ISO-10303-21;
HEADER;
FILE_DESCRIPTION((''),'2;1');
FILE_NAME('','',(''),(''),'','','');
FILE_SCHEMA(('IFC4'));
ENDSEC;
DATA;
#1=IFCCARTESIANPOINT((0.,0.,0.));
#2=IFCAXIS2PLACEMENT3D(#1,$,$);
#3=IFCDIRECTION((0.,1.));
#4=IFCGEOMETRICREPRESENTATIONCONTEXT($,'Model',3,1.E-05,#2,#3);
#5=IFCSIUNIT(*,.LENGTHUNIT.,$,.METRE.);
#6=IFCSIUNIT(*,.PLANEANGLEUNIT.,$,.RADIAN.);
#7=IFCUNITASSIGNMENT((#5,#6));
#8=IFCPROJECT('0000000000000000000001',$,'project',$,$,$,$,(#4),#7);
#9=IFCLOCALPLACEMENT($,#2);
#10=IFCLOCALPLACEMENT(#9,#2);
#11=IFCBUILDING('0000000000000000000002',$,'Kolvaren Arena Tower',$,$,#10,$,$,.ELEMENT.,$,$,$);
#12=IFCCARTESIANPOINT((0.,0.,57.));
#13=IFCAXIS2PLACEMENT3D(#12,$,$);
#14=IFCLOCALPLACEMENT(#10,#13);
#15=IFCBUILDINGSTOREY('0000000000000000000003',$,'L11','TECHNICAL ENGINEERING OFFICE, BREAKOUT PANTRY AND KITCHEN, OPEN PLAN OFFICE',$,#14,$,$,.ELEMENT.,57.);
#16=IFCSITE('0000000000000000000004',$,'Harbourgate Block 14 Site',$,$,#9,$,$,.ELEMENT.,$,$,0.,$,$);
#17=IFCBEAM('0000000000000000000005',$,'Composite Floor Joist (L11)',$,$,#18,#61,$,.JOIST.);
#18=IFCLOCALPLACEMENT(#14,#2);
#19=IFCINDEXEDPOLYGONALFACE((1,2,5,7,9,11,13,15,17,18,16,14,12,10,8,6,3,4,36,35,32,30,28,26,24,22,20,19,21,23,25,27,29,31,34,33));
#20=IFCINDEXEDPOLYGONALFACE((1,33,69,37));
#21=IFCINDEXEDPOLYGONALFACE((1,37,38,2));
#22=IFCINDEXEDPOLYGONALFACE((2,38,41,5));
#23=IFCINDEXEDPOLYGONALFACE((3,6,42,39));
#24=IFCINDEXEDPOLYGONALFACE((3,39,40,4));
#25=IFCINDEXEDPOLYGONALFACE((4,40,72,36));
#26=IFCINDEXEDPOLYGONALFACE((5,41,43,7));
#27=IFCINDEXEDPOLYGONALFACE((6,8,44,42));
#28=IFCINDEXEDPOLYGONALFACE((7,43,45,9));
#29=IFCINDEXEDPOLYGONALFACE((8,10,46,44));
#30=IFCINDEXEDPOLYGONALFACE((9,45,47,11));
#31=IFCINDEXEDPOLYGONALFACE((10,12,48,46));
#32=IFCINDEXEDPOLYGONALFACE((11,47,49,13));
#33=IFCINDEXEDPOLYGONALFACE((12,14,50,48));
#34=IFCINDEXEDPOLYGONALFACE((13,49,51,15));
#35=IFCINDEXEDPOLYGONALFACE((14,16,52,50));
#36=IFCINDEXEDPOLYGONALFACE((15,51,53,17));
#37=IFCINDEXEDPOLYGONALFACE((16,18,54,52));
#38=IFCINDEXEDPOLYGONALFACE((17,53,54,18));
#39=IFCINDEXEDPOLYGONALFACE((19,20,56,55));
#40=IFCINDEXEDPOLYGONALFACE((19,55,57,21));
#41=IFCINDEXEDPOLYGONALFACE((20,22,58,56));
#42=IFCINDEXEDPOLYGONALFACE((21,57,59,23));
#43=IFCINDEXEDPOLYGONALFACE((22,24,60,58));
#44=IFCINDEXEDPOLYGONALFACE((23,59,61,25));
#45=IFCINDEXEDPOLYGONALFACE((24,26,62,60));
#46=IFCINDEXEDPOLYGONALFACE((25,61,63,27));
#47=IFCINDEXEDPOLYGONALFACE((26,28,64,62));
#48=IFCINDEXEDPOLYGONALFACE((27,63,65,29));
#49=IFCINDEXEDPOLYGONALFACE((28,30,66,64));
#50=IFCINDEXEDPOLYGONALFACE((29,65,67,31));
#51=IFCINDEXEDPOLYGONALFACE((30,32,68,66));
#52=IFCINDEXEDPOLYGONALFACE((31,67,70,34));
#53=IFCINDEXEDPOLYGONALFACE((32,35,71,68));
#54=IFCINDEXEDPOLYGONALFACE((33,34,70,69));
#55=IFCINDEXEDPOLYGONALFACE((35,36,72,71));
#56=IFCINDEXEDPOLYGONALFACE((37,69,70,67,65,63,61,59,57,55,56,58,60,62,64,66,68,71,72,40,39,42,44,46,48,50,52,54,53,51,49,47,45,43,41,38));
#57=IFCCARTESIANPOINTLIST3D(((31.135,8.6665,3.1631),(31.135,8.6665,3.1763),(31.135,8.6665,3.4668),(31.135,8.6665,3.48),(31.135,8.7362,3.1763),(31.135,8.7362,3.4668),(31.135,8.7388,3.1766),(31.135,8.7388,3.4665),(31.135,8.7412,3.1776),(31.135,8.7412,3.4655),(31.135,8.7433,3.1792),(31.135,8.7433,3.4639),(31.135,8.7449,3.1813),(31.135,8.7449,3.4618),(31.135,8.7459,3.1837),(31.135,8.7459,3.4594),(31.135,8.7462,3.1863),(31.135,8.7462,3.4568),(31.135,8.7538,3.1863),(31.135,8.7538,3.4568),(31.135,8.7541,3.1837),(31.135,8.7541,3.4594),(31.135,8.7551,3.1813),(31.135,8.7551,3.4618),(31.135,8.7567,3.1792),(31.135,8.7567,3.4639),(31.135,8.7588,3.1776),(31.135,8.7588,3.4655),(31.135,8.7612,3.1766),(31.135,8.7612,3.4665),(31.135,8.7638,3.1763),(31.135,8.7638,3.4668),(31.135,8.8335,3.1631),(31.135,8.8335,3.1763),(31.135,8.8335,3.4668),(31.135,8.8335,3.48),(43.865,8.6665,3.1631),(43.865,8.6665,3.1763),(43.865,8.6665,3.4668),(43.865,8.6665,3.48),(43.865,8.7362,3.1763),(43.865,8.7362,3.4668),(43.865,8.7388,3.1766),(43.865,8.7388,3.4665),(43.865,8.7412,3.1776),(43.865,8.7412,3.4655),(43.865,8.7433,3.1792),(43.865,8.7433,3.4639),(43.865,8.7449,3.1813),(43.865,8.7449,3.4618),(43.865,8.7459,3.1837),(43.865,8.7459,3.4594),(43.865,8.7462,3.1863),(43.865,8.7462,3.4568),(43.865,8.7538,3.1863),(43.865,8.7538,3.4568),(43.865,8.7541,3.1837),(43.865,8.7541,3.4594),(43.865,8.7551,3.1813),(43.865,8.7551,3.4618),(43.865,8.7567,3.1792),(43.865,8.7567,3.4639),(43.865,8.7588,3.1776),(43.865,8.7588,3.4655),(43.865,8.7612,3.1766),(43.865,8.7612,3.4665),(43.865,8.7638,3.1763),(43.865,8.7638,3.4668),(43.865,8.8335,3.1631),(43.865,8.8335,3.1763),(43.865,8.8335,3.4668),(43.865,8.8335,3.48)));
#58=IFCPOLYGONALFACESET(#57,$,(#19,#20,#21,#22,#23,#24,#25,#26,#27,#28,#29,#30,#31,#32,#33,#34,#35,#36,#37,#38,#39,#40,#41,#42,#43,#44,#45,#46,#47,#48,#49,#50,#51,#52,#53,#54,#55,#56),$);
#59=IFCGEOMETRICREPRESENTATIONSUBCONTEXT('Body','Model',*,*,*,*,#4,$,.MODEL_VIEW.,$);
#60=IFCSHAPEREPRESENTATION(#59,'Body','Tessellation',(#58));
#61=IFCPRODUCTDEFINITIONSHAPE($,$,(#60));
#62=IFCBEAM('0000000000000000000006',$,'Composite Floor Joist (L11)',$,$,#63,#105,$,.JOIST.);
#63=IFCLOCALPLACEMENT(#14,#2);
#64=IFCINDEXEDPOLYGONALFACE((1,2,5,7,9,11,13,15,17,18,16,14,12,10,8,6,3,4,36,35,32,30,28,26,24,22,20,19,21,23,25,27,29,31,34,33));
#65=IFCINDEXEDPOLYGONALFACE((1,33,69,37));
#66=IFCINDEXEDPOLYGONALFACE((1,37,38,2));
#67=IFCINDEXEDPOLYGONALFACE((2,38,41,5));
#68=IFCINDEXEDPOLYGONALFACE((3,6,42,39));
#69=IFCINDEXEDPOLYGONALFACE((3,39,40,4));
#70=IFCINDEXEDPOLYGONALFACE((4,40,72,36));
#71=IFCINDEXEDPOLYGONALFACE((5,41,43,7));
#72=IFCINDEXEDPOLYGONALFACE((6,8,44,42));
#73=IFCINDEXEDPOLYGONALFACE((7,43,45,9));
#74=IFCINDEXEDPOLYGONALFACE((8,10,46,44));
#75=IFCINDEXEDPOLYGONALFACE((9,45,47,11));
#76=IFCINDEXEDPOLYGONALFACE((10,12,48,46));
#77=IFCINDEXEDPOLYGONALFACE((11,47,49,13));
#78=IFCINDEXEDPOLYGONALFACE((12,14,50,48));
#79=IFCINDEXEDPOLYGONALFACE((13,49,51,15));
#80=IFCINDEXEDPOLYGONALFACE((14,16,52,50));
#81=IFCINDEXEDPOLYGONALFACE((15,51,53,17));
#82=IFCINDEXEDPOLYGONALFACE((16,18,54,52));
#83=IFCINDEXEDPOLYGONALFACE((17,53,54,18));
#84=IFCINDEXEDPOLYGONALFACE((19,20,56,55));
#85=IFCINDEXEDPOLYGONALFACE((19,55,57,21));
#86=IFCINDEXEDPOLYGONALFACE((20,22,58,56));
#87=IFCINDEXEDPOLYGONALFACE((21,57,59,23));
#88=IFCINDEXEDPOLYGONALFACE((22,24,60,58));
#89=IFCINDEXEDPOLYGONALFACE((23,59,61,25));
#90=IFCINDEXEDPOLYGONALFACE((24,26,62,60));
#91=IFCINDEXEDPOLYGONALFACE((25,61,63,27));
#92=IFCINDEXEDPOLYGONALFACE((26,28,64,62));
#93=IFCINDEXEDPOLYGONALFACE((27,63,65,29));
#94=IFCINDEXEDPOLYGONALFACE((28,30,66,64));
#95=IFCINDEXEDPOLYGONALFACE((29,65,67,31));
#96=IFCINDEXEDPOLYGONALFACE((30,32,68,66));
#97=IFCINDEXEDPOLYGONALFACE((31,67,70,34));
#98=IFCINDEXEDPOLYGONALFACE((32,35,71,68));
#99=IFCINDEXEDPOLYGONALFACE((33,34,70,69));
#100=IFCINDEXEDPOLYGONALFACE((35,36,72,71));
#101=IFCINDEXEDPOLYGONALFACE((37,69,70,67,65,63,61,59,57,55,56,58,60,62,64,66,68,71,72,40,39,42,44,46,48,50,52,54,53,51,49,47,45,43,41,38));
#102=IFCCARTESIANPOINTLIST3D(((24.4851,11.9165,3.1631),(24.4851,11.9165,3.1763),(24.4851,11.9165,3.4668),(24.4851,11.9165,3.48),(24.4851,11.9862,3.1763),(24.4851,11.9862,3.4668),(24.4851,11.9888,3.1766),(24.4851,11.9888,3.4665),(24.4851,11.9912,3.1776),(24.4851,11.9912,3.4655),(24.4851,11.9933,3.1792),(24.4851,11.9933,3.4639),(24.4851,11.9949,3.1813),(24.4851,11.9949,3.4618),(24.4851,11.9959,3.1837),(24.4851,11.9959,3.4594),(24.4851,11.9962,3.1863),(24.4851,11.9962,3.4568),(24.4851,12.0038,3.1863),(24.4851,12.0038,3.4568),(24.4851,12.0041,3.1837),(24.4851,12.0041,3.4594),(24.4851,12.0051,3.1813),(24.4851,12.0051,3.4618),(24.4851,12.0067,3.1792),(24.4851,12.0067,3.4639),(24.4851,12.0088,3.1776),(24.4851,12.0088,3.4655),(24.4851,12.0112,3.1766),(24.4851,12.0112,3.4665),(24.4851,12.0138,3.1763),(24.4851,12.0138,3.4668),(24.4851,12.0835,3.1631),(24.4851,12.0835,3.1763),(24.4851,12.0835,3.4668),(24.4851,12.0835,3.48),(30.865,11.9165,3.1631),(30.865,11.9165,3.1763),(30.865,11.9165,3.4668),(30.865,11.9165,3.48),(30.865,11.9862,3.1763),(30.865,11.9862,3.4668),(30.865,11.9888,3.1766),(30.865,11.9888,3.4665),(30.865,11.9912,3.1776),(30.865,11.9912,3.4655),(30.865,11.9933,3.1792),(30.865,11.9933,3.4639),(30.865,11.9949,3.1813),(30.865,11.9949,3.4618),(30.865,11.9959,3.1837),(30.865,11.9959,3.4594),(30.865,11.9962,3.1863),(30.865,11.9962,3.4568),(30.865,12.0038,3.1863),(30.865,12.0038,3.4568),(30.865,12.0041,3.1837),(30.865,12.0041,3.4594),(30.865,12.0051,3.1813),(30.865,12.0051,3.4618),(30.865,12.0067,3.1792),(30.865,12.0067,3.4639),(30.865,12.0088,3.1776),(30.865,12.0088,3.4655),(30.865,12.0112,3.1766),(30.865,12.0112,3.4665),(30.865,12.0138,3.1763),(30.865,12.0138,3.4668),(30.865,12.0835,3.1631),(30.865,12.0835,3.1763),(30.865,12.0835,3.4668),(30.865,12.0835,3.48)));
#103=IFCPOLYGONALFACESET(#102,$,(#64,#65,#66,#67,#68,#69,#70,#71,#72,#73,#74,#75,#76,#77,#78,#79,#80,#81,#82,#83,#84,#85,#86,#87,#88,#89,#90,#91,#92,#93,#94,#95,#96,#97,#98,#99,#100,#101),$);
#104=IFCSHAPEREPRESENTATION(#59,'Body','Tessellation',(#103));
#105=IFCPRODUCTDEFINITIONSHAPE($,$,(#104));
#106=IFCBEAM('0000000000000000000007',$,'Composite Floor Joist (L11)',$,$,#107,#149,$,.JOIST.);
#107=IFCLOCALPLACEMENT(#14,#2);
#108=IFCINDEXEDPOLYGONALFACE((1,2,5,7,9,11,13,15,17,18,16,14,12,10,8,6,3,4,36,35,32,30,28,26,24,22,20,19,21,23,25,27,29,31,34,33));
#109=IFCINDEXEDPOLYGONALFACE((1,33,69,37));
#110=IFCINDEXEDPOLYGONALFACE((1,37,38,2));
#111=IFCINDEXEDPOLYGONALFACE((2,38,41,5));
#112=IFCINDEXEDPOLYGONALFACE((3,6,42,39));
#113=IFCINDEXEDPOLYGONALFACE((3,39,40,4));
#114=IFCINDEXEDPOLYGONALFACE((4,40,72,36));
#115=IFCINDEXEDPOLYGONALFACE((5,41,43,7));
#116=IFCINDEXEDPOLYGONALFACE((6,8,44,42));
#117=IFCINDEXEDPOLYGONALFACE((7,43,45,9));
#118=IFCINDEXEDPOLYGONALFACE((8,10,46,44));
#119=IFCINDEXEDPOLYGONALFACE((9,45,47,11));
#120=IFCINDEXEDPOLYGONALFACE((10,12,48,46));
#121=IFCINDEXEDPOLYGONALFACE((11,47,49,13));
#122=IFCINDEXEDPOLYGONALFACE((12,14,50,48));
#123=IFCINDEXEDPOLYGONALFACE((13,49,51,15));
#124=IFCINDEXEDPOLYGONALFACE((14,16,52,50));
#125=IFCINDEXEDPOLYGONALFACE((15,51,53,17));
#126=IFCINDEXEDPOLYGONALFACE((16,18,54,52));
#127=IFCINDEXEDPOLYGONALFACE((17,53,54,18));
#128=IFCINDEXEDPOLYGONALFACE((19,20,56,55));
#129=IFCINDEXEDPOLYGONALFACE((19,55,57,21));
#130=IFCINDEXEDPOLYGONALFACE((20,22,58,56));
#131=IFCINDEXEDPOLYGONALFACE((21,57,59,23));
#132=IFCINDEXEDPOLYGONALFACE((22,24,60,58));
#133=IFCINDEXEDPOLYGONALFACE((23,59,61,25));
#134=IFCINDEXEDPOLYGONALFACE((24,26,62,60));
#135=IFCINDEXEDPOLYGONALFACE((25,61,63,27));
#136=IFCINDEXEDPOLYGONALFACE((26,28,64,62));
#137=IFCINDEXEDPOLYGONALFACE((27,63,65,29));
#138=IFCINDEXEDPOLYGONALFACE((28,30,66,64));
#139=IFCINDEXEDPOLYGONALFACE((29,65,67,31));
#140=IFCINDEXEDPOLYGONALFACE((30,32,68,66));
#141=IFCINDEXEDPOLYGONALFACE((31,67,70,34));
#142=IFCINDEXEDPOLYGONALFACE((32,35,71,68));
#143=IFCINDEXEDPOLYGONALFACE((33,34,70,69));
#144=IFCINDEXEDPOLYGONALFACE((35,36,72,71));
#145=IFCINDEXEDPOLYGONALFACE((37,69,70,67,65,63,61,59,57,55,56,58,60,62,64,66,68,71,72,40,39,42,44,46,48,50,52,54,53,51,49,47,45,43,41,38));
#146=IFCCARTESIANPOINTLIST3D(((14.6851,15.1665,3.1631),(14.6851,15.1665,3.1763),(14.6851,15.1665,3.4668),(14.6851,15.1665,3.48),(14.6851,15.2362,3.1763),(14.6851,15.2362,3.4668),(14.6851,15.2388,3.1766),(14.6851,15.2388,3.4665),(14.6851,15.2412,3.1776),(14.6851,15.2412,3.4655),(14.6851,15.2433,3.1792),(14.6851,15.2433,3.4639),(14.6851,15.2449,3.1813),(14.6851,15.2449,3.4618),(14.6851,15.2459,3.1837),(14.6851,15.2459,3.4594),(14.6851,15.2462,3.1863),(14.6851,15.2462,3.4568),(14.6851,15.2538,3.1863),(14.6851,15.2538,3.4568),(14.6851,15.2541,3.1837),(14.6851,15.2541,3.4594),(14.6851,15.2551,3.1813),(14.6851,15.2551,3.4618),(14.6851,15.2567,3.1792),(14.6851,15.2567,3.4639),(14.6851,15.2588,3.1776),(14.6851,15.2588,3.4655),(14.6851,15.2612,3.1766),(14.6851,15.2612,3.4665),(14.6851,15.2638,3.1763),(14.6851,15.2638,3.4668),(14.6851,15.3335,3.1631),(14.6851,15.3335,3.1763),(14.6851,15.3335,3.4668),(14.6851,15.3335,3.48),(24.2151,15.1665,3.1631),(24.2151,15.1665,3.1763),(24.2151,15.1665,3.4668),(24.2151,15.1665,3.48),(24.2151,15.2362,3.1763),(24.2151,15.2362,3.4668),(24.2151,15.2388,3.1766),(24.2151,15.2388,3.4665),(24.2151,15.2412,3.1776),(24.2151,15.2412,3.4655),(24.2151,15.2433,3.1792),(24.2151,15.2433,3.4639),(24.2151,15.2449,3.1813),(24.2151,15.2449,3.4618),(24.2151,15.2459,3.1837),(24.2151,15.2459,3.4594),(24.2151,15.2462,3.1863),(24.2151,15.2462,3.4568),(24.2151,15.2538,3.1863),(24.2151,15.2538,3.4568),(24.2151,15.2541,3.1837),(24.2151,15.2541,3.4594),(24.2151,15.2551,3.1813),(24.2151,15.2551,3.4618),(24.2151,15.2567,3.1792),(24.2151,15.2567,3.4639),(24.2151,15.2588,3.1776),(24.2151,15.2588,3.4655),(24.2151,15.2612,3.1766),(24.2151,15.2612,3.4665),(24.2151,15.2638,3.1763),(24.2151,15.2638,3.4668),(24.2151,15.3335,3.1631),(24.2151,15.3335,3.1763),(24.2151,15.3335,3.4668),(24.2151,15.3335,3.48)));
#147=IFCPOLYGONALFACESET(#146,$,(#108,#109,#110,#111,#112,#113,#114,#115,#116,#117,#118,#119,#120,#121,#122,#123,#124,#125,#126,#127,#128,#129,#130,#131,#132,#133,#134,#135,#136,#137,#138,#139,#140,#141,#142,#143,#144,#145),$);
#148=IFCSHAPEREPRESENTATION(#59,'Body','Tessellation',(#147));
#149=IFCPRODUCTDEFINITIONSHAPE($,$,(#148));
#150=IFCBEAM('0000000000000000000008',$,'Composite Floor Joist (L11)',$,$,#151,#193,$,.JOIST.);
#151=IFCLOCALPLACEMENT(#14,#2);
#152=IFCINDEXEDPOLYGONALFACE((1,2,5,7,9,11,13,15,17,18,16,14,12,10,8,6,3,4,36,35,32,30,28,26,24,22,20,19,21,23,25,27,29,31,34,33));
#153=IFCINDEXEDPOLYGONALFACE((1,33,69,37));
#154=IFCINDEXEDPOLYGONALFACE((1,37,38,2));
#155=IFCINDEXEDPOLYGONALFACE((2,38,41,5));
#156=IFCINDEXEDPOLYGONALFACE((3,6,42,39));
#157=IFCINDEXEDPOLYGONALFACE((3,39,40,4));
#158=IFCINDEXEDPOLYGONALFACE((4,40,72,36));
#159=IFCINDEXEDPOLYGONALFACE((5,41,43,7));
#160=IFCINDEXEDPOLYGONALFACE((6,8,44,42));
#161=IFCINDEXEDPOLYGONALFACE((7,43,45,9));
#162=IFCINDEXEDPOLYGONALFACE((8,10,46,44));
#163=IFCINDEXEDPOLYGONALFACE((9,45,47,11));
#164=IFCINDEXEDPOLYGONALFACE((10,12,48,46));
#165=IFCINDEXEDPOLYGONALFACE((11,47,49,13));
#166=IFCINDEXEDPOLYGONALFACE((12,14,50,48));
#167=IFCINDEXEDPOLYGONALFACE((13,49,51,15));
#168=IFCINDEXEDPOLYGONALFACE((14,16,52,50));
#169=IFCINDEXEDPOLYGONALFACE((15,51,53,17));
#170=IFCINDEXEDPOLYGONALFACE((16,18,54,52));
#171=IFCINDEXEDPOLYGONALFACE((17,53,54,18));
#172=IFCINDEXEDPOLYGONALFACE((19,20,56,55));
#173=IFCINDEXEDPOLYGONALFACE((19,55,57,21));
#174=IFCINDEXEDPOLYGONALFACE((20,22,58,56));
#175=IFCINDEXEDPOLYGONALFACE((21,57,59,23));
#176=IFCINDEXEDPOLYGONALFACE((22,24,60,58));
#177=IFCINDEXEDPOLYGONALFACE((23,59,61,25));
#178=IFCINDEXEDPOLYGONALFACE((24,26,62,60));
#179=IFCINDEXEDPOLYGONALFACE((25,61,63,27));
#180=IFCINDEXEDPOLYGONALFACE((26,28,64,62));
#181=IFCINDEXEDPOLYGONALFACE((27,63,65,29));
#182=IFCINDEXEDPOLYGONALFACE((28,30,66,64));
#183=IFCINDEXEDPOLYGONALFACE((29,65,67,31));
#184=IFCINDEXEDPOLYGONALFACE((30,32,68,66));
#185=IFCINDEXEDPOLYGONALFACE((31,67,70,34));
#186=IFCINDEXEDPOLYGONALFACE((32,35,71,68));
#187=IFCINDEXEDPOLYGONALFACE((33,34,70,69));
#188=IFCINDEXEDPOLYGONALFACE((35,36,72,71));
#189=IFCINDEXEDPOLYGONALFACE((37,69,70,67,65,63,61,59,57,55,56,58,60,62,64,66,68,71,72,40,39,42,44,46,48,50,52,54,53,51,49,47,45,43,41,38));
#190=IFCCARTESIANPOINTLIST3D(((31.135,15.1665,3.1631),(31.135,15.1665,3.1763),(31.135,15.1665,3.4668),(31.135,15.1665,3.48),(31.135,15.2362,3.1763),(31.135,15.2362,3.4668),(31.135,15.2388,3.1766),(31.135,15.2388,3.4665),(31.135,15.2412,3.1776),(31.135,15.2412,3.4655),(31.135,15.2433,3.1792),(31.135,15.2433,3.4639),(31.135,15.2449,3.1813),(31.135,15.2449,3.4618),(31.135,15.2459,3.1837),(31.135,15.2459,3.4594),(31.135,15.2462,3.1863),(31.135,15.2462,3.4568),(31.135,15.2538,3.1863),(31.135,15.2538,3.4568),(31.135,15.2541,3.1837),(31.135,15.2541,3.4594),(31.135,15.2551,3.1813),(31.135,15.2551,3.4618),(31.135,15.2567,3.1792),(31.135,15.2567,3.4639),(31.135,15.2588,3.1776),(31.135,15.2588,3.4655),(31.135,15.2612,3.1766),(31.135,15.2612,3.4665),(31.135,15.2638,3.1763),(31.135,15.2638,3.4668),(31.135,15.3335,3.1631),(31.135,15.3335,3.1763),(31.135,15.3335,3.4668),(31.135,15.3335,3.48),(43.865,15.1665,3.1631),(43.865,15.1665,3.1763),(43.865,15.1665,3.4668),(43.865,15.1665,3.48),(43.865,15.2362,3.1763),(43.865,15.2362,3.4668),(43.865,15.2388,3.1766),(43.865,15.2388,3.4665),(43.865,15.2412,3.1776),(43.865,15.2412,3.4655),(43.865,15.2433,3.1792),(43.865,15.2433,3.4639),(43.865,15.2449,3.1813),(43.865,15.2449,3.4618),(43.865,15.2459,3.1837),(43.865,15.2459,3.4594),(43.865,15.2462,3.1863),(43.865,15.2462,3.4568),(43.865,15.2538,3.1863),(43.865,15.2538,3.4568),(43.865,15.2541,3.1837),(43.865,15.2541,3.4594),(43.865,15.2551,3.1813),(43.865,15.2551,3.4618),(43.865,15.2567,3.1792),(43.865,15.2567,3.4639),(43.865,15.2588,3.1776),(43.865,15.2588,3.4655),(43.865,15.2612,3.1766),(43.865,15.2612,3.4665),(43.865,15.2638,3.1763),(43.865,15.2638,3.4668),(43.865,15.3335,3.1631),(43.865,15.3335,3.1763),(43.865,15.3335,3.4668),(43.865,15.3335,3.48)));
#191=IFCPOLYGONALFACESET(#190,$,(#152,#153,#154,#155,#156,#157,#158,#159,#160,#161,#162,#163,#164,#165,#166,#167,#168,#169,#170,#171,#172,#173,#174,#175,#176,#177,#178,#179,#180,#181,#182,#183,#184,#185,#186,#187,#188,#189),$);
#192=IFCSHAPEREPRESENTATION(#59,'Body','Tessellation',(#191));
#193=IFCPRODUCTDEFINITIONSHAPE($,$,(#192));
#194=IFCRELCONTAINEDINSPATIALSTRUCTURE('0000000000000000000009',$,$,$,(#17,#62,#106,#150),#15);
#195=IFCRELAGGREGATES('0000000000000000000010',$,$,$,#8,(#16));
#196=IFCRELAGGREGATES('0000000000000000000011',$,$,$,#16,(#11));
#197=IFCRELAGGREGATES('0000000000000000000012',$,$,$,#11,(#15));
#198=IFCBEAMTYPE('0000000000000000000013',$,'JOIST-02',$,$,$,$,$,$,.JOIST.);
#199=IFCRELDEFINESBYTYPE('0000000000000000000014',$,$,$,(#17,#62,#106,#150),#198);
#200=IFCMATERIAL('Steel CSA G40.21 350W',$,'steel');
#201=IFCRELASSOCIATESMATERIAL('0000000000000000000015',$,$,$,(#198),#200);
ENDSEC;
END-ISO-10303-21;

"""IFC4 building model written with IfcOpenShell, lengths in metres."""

from ifc_helpers import new_model, si_unit, direction, frame, origin, origin_2d, place, context, subcontext, project, spatial, i_section, extrude, material, material_profile, profile_set, type_object, element, save


model = new_model("IFC4")

# Units and contexts
model_context = context("Model", 3, precision=1e-05, world=origin(), true_north=direction((0.0, 1.0)))
body_context = subcontext(model_context, "Body", "Model", "MODEL_VIEW")
ifc_project = project(units=[si_unit("LENGTHUNIT", "METRE"), si_unit("PLANEANGLEUNIT", "RADIAN")], contexts=[model_context])

# Site, building, storey
site_placement = place(None, origin())
site = spatial("IfcSite", under=ifc_project, at=site_placement, Name="Harbourgate Block 14 Site", CompositionType="ELEMENT", RefElevation=0.0)
building_placement = place(site_placement, origin())
building = spatial("IfcBuilding", under=site, at=building_placement, Name="Kolvaren Arena Tower", CompositionType="ELEMENT")
storey_placement = place(building_placement, frame((0.0, 0.0, 57.0)))
storey = spatial("IfcBuildingStorey", under=building, at=storey_placement, Name="L11", Description="TECHNICAL ENGINEERING OFFICE, BREAKOUT PANTRY AND KITCHEN, OPEN PLAN OFFICE", CompositionType="ELEMENT", Elevation=57.0)

# Beams
ifc_material_1 = material(Name="Steel CSA G40.21 350W", Category="steel")
ifc_material_profile_1 = material_profile(ifc_material_1, i_section(OverallWidth=0.167, OverallDepth=0.3169, WebThickness=0.0076, FlangeThickness=0.0132, FilletRadius=0.01, at=origin_2d()), Name="W310x52")
ifc_profile_set_1 = profile_set([ifc_material_profile_1], Name="Steel CSA G40.21 350W")
beam_type_1 = type_object("IfcBeamType", Name="JOIST-02", PredefinedType="JOIST", material=ifc_profile_set_1)
beam_1_placement = place(storey_placement, frame((31.135, 8.75, 3.3215), z_axis=(1.0, 0.0, 0.0), x_axis=(0.0, 1.0, 0.0)))
element("IfcBeam", 1, at=beam_1_placement, inside=storey, type_object=beam_type_1, Name="Composite Floor Joist (L11)", PredefinedType="JOIST", context=body_context, shape_type="SweptSolid", body=[
    extrude(i_section(OverallWidth=0.167, OverallDepth=0.3169, WebThickness=0.0076, FlangeThickness=0.0132, FilletRadius=0.01, at=origin_2d()), origin(), (0.0, 0.0, 1.0), 12.73),
])
beam_2_placement = place(storey_placement, frame((24.4851, 12.0, 3.3215), z_axis=(1.0, 0.0, 0.0), x_axis=(0.0, 1.0, 0.0)))
element("IfcBeam", 2, at=beam_2_placement, inside=storey, type_object=beam_type_1, Name="Composite Floor Joist (L11)", PredefinedType="JOIST", context=body_context, shape_type="SweptSolid", body=[
    extrude(i_section(OverallWidth=0.167, OverallDepth=0.3169, WebThickness=0.0076, FlangeThickness=0.0132, FilletRadius=0.01, at=origin_2d()), origin(), (0.0, 0.0, 1.0), 6.3799),
])
beam_3_placement = place(storey_placement, frame((14.6851, 15.25, 3.3215), z_axis=(1.0, 0.0, 0.0), x_axis=(0.0, 1.0, 0.0)))
element("IfcBeam", 3, at=beam_3_placement, inside=storey, type_object=beam_type_1, Name="Composite Floor Joist (L11)", PredefinedType="JOIST", context=body_context, shape_type="SweptSolid", body=[
    extrude(i_section(OverallWidth=0.167, OverallDepth=0.3169, WebThickness=0.0076, FlangeThickness=0.0132, FilletRadius=0.01, at=origin_2d()), origin(), (0.0, 0.0, 1.0), 9.53),
])
beam_4_placement = place(storey_placement, frame((31.135, 15.25, 3.3215), z_axis=(1.0, 0.0, 0.0), x_axis=(0.0, 1.0, 0.0)))
element("IfcBeam", 4, at=beam_4_placement, inside=storey, type_object=beam_type_1, Name="Composite Floor Joist (L11)", PredefinedType="JOIST", context=body_context, shape_type="SweptSolid", body=[
    extrude(i_section(OverallWidth=0.167, OverallDepth=0.3169, WebThickness=0.0076, FlangeThickness=0.0132, FilletRadius=0.01, at=origin_2d()), origin(), (0.0, 0.0, 1.0), 12.73),
])

save(model, "model.ifc")
